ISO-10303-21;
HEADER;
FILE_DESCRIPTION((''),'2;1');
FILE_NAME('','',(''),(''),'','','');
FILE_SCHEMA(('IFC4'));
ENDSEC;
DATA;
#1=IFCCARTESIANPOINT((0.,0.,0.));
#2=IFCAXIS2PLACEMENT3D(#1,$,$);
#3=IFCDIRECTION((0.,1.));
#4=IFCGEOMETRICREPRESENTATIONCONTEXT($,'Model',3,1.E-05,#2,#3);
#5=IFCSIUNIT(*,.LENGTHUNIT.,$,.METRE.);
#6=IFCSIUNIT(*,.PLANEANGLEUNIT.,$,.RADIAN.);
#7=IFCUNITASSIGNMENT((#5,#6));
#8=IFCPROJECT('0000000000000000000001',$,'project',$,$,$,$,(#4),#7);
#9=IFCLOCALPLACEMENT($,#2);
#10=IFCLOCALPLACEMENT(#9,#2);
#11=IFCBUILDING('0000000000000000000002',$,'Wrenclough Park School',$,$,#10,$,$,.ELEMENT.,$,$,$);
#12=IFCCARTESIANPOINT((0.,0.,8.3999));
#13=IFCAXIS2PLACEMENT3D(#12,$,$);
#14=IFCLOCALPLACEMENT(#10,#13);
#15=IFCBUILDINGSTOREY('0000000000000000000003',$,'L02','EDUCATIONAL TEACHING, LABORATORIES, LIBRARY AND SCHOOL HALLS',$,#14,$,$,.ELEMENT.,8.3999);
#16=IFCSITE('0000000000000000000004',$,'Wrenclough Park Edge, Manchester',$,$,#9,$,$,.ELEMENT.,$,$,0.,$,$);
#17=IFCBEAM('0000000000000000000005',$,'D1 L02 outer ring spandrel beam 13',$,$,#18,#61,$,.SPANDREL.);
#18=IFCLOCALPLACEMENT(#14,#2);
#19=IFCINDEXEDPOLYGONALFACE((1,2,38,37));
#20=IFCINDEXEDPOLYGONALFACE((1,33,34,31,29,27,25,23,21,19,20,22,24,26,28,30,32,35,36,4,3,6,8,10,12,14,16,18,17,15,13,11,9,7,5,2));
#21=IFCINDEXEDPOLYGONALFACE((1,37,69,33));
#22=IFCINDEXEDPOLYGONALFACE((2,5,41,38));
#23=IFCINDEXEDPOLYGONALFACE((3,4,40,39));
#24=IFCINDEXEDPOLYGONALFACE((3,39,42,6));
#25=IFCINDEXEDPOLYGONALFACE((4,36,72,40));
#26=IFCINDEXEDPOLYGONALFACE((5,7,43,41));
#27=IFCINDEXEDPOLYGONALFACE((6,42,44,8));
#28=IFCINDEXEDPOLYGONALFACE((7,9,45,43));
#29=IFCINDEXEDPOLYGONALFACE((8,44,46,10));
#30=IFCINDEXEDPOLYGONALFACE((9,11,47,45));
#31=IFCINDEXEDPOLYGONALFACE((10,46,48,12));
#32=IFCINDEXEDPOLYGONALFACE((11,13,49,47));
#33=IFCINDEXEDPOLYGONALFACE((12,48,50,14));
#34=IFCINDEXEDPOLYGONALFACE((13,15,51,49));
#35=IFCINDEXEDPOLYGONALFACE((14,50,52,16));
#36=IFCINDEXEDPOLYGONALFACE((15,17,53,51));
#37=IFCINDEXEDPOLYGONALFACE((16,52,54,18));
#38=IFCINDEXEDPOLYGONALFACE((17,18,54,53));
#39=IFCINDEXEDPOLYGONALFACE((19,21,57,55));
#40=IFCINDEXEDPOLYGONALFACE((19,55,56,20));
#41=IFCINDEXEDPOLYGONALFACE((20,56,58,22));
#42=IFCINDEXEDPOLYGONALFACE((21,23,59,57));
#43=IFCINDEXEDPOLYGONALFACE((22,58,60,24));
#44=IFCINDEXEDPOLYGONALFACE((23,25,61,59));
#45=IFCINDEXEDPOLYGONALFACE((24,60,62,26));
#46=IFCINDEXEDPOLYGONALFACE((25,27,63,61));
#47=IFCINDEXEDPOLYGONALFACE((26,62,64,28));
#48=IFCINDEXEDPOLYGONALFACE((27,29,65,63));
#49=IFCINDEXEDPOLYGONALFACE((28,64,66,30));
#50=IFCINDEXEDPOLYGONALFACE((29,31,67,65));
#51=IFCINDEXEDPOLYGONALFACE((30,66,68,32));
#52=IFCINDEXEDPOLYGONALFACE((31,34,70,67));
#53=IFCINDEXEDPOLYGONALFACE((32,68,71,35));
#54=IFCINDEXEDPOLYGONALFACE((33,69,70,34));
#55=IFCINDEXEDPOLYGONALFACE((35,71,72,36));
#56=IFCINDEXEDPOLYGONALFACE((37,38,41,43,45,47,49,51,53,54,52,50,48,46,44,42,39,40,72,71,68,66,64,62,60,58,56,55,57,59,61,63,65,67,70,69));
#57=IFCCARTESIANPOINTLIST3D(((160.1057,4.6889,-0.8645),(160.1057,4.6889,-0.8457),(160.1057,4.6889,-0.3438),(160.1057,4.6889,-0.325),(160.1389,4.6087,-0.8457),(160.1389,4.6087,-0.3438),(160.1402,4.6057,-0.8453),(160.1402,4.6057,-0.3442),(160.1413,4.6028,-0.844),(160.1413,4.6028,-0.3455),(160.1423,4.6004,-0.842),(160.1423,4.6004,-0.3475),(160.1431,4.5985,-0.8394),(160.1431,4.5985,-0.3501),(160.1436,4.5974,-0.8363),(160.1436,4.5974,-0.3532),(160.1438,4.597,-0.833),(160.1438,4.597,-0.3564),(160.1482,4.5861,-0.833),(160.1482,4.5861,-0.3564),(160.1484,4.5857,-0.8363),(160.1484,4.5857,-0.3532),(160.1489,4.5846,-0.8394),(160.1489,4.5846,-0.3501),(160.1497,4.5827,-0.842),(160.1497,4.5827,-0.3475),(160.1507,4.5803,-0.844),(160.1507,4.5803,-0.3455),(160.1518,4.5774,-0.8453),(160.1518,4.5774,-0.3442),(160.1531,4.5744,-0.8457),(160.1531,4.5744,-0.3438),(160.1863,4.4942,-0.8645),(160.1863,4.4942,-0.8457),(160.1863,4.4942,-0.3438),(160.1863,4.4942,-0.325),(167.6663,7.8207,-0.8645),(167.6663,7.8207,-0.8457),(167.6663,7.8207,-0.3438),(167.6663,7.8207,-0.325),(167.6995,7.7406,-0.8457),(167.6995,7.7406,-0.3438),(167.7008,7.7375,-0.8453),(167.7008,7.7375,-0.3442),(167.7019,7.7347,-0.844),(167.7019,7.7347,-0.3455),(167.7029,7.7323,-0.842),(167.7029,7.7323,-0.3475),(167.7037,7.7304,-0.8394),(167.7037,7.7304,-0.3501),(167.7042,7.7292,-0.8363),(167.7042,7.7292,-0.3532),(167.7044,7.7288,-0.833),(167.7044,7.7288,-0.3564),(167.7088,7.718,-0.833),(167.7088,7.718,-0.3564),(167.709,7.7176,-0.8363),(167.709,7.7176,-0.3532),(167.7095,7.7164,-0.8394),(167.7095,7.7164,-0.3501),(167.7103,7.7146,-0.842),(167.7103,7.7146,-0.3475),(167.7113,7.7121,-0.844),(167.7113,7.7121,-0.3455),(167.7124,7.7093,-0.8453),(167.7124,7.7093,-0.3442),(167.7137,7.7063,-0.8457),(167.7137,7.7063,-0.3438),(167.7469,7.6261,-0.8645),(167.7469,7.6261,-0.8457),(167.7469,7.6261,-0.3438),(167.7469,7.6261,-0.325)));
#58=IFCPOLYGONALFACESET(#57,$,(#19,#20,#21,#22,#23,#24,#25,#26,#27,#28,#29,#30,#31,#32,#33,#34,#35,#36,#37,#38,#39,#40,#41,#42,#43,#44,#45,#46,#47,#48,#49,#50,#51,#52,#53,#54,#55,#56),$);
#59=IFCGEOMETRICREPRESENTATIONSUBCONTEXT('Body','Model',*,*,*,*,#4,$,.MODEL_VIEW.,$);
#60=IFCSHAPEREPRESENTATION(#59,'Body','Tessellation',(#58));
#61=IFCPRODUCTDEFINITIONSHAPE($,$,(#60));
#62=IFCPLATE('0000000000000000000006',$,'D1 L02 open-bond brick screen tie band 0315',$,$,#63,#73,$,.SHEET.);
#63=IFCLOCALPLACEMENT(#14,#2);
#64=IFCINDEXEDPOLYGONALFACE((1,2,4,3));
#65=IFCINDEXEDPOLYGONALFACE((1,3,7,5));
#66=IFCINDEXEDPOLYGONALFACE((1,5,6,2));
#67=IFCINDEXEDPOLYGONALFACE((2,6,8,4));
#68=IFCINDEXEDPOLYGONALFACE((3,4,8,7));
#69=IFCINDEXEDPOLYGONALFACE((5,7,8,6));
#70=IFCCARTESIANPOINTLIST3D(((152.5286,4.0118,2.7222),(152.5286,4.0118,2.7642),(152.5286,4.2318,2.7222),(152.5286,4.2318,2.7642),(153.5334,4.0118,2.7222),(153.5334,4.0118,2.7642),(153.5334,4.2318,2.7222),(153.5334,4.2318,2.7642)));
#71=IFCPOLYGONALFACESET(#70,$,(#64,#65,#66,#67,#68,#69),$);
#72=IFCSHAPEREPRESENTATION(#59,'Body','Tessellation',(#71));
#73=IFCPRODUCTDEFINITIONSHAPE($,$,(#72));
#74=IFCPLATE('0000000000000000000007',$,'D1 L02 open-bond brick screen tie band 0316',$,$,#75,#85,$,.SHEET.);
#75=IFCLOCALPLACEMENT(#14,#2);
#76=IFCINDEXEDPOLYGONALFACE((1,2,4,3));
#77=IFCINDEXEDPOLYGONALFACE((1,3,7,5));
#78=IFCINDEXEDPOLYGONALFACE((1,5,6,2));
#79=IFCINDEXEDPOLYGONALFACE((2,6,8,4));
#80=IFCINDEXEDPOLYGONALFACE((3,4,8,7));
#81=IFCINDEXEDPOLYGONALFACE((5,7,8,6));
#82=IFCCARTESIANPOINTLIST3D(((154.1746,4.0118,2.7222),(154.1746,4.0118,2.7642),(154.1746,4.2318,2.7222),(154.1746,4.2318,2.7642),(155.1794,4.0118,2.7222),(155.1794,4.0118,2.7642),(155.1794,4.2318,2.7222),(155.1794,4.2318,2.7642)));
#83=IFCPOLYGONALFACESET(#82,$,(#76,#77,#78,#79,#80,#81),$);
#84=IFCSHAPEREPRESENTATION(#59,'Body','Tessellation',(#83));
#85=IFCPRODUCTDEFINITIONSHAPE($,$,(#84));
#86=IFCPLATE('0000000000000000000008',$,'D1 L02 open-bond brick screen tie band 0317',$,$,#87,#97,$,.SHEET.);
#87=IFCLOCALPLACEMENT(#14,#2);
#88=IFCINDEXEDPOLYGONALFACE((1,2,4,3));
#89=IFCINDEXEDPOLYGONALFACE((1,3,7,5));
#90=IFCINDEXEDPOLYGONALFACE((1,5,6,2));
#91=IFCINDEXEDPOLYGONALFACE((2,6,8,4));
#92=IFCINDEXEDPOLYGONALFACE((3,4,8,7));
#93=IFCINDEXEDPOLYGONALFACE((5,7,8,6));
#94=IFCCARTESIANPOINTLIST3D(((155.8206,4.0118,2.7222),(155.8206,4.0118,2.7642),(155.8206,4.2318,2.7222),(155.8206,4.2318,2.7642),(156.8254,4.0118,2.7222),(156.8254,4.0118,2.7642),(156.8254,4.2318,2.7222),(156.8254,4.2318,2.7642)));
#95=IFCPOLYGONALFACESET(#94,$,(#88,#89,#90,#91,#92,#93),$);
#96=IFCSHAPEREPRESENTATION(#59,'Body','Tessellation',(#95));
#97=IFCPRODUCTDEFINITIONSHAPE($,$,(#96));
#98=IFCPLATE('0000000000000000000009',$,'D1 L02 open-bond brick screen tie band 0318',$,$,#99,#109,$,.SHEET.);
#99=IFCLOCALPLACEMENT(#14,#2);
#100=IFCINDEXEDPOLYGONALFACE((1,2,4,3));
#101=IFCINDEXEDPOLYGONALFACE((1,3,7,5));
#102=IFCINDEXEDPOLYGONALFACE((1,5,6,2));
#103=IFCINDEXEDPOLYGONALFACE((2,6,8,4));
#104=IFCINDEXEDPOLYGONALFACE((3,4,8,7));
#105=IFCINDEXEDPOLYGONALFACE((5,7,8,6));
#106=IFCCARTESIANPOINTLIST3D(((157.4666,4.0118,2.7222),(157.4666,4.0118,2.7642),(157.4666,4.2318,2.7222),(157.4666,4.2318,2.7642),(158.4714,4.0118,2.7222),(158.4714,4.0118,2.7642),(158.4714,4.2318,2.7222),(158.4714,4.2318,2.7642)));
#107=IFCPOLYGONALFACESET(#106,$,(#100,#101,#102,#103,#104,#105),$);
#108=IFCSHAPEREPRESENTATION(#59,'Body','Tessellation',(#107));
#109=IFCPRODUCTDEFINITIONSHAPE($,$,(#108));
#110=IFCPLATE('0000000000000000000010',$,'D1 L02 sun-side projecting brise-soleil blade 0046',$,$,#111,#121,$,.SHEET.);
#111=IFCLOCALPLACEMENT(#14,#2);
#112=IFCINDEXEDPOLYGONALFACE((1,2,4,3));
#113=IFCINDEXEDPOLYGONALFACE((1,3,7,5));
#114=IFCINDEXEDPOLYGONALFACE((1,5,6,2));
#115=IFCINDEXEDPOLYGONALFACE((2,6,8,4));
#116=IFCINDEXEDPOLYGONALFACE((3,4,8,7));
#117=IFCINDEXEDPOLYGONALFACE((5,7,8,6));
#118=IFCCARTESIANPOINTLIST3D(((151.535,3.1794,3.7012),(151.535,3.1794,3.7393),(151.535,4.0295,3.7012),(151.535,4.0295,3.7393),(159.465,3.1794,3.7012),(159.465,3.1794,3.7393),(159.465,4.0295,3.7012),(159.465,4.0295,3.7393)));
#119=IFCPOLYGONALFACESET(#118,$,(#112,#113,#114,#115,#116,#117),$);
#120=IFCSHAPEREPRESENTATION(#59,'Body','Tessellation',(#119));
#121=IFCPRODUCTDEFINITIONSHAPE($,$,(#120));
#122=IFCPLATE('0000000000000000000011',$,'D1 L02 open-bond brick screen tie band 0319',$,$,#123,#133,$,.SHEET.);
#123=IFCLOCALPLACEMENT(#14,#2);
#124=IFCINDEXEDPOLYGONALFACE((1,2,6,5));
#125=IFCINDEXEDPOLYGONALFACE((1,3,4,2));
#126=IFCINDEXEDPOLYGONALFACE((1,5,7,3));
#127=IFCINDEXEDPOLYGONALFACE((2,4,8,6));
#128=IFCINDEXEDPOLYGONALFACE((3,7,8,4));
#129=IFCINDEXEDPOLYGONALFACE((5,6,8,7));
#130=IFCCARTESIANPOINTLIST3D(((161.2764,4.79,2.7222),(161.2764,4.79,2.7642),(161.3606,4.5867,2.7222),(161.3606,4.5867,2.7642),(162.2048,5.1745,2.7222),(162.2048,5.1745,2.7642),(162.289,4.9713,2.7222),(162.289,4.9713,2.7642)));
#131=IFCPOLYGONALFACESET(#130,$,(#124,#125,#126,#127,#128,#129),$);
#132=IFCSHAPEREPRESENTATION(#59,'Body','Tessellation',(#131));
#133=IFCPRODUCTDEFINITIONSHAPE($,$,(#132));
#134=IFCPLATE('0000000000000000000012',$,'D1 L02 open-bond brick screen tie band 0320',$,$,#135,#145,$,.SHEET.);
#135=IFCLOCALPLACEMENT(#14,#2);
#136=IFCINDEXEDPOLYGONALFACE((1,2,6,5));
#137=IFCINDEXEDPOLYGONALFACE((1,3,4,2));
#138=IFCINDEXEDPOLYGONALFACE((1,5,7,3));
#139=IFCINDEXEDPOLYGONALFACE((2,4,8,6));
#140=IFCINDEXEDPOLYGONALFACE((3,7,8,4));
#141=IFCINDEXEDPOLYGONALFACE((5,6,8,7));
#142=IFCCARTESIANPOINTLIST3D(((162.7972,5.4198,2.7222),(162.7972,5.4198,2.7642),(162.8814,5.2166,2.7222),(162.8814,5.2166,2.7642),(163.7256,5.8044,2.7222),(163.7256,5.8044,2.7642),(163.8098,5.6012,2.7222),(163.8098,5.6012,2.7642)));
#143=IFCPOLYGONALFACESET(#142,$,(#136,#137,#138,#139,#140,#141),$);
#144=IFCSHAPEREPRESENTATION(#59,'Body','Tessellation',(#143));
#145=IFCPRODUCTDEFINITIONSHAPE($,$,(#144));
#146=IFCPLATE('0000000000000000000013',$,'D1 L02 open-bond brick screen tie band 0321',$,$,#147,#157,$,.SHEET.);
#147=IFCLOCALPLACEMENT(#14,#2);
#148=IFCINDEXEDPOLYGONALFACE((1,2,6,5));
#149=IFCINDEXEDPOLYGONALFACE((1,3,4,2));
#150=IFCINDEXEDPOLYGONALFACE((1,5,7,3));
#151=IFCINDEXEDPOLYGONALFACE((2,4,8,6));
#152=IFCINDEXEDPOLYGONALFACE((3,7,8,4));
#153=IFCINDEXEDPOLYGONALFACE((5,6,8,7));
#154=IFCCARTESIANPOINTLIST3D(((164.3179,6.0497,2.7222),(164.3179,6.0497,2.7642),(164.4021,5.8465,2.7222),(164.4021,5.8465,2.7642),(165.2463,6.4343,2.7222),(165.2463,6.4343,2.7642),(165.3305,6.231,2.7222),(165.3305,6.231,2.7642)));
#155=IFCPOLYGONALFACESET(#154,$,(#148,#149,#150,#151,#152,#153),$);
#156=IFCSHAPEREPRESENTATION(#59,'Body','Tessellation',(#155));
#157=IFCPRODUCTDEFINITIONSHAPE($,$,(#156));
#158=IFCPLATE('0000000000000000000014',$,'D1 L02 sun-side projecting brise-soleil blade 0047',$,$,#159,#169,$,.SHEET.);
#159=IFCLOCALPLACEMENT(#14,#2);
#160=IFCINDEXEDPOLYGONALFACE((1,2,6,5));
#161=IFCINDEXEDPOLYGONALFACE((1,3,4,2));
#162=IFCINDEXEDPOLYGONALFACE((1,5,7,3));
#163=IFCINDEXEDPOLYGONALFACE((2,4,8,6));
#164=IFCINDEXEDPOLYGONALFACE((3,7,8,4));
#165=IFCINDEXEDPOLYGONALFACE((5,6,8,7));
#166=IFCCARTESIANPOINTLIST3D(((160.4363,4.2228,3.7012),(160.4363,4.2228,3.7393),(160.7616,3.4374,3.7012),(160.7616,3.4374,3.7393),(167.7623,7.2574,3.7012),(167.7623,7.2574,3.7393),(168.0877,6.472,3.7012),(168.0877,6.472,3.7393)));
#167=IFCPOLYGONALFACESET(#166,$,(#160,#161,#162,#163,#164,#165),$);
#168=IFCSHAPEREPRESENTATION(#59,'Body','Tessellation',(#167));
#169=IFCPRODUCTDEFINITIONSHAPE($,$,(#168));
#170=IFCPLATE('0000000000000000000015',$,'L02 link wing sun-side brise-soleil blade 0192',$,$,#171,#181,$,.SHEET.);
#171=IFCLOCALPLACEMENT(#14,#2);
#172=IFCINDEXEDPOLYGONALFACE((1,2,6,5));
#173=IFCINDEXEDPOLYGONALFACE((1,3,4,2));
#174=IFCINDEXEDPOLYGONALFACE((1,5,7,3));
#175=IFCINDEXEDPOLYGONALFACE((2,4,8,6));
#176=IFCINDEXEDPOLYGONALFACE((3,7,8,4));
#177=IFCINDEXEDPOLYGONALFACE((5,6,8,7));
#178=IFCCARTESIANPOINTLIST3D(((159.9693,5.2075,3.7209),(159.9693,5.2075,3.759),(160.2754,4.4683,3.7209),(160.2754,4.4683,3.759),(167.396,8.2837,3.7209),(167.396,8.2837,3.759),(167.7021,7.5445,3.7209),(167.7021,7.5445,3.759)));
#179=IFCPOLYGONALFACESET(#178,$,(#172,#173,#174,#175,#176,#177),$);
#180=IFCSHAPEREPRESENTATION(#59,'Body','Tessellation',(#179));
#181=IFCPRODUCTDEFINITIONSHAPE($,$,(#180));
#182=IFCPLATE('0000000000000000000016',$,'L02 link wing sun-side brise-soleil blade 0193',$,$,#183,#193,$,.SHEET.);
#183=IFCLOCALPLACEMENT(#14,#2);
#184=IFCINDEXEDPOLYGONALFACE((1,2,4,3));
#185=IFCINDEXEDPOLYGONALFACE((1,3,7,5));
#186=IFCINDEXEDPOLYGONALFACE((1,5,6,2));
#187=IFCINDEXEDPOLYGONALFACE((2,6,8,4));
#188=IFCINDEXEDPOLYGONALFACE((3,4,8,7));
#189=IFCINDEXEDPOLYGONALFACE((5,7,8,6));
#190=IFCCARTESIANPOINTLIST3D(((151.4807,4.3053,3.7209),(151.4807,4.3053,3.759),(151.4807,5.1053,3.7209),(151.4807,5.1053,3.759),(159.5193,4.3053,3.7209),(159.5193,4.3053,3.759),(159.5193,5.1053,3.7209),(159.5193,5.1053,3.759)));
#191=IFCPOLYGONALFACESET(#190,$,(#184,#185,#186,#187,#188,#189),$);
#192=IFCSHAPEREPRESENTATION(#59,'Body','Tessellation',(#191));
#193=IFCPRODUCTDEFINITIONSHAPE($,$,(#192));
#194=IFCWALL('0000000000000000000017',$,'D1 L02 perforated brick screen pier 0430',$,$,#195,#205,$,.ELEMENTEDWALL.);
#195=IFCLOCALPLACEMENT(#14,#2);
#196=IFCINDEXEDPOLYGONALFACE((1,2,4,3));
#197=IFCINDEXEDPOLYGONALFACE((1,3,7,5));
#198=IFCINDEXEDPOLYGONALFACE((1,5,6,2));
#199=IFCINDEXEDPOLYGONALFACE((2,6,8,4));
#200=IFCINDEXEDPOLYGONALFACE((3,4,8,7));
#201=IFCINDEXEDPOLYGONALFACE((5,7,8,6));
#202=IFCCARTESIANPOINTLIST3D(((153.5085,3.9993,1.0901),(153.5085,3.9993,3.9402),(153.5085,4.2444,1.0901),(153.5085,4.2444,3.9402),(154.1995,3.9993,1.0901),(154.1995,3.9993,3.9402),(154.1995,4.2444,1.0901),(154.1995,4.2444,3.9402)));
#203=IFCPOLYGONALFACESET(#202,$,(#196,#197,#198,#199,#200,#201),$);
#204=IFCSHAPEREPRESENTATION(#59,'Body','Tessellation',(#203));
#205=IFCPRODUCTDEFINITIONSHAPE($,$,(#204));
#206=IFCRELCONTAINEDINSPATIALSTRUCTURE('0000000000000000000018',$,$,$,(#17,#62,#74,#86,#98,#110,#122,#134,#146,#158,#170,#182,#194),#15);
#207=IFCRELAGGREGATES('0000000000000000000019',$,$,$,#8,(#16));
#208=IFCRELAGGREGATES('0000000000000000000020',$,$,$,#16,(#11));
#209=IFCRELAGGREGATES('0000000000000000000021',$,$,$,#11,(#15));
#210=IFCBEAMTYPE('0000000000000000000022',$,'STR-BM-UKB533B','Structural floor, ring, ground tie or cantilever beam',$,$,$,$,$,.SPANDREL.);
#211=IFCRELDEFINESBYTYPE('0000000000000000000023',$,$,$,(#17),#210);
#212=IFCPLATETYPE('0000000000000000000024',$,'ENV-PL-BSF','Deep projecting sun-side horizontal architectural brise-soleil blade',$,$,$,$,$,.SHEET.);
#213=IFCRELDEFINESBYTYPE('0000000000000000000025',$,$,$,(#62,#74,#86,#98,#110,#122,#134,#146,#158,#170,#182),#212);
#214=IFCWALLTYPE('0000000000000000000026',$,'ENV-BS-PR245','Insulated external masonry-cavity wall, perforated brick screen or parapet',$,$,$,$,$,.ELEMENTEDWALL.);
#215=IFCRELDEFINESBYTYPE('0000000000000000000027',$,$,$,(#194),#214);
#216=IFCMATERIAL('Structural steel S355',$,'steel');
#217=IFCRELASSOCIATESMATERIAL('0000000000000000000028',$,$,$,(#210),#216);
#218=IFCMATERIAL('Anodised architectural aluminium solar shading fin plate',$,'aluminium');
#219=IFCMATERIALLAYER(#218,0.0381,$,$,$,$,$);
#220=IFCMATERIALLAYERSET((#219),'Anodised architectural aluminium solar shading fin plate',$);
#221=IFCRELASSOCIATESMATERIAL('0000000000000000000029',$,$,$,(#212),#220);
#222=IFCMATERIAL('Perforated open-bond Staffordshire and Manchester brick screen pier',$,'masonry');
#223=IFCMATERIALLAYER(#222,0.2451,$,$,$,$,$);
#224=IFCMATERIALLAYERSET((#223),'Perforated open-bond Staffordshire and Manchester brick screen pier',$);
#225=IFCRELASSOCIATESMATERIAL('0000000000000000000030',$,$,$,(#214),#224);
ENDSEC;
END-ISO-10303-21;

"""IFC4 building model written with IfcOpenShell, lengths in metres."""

from ifc_helpers import new_model, si_unit, direction, frame, frame_2d, origin, origin_2d, place, context, subcontext, project, spatial, rectangle, i_section, extrude, material, layer, layer_set, material_profile, profile_set, type_object, element, save


model = new_model("IFC4")

# Units and contexts
model_context = context("Model", 3, precision=1e-05, world=origin(), true_north=direction((0.0, 1.0)))
body_context = subcontext(model_context, "Body", "Model", "MODEL_VIEW")
ifc_project = project(units=[si_unit("LENGTHUNIT", "METRE"), si_unit("PLANEANGLEUNIT", "RADIAN")], contexts=[model_context])

# Site, building, storey
site_placement = place(None, origin())
site = spatial("IfcSite", under=ifc_project, at=site_placement, Name="Wrenclough Park Edge, Manchester", CompositionType="ELEMENT", RefElevation=0.0)
building_placement = place(site_placement, origin())
building = spatial("IfcBuilding", under=site, at=building_placement, Name="Wrenclough Park School", CompositionType="ELEMENT")
storey_placement = place(building_placement, frame((0.0, 0.0, 8.3999)))
storey = spatial("IfcBuildingStorey", under=building, at=storey_placement, Name="L02", Description="EDUCATIONAL TEACHING, LABORATORIES, LIBRARY AND SCHOOL HALLS", CompositionType="ELEMENT", Elevation=8.3999)

# Beam
ifc_material_1 = material(Name="Structural steel S355", Category="steel")
ifc_material_profile_1 = material_profile(ifc_material_1, i_section(OverallWidth=0.2107, OverallDepth=0.5396, WebThickness=0.0117, FlangeThickness=0.0188, FilletRadius=0.0127, at=origin_2d()), Name="UKB 533x210x109")
ifc_profile_set_1 = profile_set([ifc_material_profile_1], Name="Structural steel S355")
beam_type = type_object("IfcBeamType", Name="STR-BM-UKB533B", Description="Structural floor, ring, ground tie or cantilever beam", PredefinedType="SPANDREL", material=ifc_profile_set_1)
beam_placement = place(storey_placement, frame((160.146, 4.5916, -0.5947), z_axis=(0.923873, 0.3827, 0.0), x_axis=(-0.3827, 0.923873, 0.0)))
element("IfcBeam", 1, at=beam_placement, inside=storey, type_object=beam_type, Name="D1 L02 outer ring spandrel beam 13", PredefinedType="SPANDREL", context=body_context, shape_type="SweptSolid", body=[
    extrude(i_section(OverallWidth=0.2107, OverallDepth=0.5396, WebThickness=0.0117, FlangeThickness=0.0188, FilletRadius=0.0127, at=origin_2d()), origin(), (0.0, 0.0, 1.0), 8.1836),
])

# Plates
ifc_material_2 = material(Name="Anodised architectural aluminium solar shading fin plate", Category="aluminium")
ifc_layer_1 = layer(ifc_material_2, 0.0381)
ifc_layer_set_1 = layer_set([ifc_layer_1], Name="Anodised architectural aluminium solar shading fin plate")
plate_type = type_object("IfcPlateType", Name="ENV-PL-BSF", Description="Deep projecting sun-side horizontal architectural brise-soleil blade", PredefinedType="SHEET", material=ifc_layer_set_1)
for number, where, z_axis, x_axis, name in (
    (2, (153.031, 4.1218, 2.7222), (0.0, 0.0, 1.0), (1.0, 0.0, 0.0), "D1 L02 open-bond brick screen tie band 0315"),
    (3, (154.677, 4.1218, 2.7222), (0.0, 0.0, 1.0), (1.0, 0.0, 0.0), "D1 L02 open-bond brick screen tie band 0316"),
    (4, (156.323, 4.1218, 2.7222), (0.0, 0.0, 1.0), (1.0, 0.0, 0.0), "D1 L02 open-bond brick screen tie band 0317"),
    (5, (157.969, 4.1218, 2.7222), (0.0, 0.0, 1.0), (1.0, 0.0, 0.0), "D1 L02 open-bond brick screen tie band 0318"),
):
    element("IfcPlate", number, at=place(storey_placement, frame(where, z_axis=z_axis, x_axis=x_axis)), inside=storey, type_object=plate_type, Name=name, PredefinedType="SHEET", context=body_context, shape_type="SweptSolid", body=[
        extrude(rectangle(XDim=1.0049, YDim=0.22, at=origin_2d()), origin(), (0.0, 0.0, 1.0), 0.042),
    ])
plate_1_placement = place(storey_placement, frame((155.5, 3.6045, 3.7012), z_axis=(0.0, 0.0, 1.0), x_axis=(1.0, 0.0, 0.0)))
element("IfcPlate", 6, at=plate_1_placement, inside=storey, type_object=plate_type, Name="D1 L02 sun-side projecting brise-soleil blade 0046", PredefinedType="SHEET", context=body_context, shape_type="SweptSolid", body=[
    extrude(rectangle(XDim=7.9299, YDim=0.8501, at=origin_2d()), origin(), (0.0, 0.0, 1.0), 0.0381),
])
for number, where, z_axis, x_axis, name in (
    (7, (161.7827, 4.8806, 2.7222), (0.0, 0.0, 1.0), (0.923879, 0.382684, 0.0), "D1 L02 open-bond brick screen tie band 0319"),
    (8, (163.3035, 5.5105, 2.7222), (0.0, 0.0, 1.0), (0.923879, 0.382684, 0.0), "D1 L02 open-bond brick screen tie band 0320"),
    (9, (164.8242, 6.1404, 2.7222), (0.0, 0.0, 1.0), (0.923879, 0.382684, 0.0), "D1 L02 open-bond brick screen tie band 0321"),
):
    element("IfcPlate", number, at=place(storey_placement, frame(where, z_axis=z_axis, x_axis=x_axis)), inside=storey, type_object=plate_type, Name=name, PredefinedType="SHEET", context=body_context, shape_type="SweptSolid", body=[
        extrude(rectangle(XDim=1.0049, YDim=0.22, at=origin_2d()), origin(), (0.0, 0.0, 1.0), 0.042),
    ])
plate_2_placement = place(storey_placement, frame((164.262, 5.3474, 3.7012), z_axis=(0.0, 0.0, 1.0), x_axis=(0.923879, 0.382684, 0.0)))
element("IfcPlate", 10, at=plate_2_placement, inside=storey, type_object=plate_type, Name="D1 L02 sun-side projecting brise-soleil blade 0047", PredefinedType="SHEET", context=body_context, shape_type="SweptSolid", body=[
    extrude(rectangle(XDim=7.9297, YDim=0.8501, at=origin_2d()), origin(), (0.0, 0.0, 1.0), 0.0381),
])
for number, where, z_axis, x_axis, name in (
    (11, (163.8357, 6.376, 3.7209), (0.0, 0.0, 1.0), (-0.923881, -0.38268, 0.0), "L02 link wing sun-side brise-soleil blade 0192"),
    (12, (155.5, 4.7053, 3.7209), (0.0, 0.0, 1.0), (-1.0, 0.0, 0.0), "L02 link wing sun-side brise-soleil blade 0193"),
):
    element("IfcPlate", number, at=place(storey_placement, frame(where, z_axis=z_axis, x_axis=x_axis)), inside=storey, type_object=plate_type, Name=name, PredefinedType="SHEET", context=body_context, shape_type="SweptSolid", body=[
        extrude(rectangle(XDim=8.0386, YDim=0.8, at=origin_2d()), origin(), (0.0, 0.0, 1.0), 0.0381),
    ])

# Wall
ifc_material_3 = material(Name="Perforated open-bond Staffordshire and Manchester brick screen pier", Category="masonry")
ifc_layer_2 = layer(ifc_material_3, 0.2451)
ifc_layer_set_2 = layer_set([ifc_layer_2], Name="Perforated open-bond Staffordshire and Manchester brick screen pier")
wall_type_1 = type_object("IfcWallType", Name="ENV-BS-PR245", Description="Insulated external masonry-cavity wall, perforated brick screen or parapet", PredefinedType="ELEMENTEDWALL", material=ifc_layer_set_2)
for number, where, z_axis, x_axis, name in (
    (13, (153.5085, 4.1218, 1.0901), (0.0, 0.0, 1.0), (1.0, 0.0, 0.0), "D1 L02 perforated brick screen pier 0430"),
):
    element("IfcWall", number, at=place(storey_placement, frame(where, z_axis=z_axis, x_axis=x_axis)), inside=storey, type_object=wall_type_1, Name=name, PredefinedType="ELEMENTEDWALL", context=body_context, shape_type="SweptSolid", body=[
        extrude(rectangle(XDim=0.6909, YDim=0.2451, at=frame_2d((0.3455, 0.0))), origin(), (0.0, 0.0, 1.0), 2.8501),
    ])

save(model, "model.ifc")
